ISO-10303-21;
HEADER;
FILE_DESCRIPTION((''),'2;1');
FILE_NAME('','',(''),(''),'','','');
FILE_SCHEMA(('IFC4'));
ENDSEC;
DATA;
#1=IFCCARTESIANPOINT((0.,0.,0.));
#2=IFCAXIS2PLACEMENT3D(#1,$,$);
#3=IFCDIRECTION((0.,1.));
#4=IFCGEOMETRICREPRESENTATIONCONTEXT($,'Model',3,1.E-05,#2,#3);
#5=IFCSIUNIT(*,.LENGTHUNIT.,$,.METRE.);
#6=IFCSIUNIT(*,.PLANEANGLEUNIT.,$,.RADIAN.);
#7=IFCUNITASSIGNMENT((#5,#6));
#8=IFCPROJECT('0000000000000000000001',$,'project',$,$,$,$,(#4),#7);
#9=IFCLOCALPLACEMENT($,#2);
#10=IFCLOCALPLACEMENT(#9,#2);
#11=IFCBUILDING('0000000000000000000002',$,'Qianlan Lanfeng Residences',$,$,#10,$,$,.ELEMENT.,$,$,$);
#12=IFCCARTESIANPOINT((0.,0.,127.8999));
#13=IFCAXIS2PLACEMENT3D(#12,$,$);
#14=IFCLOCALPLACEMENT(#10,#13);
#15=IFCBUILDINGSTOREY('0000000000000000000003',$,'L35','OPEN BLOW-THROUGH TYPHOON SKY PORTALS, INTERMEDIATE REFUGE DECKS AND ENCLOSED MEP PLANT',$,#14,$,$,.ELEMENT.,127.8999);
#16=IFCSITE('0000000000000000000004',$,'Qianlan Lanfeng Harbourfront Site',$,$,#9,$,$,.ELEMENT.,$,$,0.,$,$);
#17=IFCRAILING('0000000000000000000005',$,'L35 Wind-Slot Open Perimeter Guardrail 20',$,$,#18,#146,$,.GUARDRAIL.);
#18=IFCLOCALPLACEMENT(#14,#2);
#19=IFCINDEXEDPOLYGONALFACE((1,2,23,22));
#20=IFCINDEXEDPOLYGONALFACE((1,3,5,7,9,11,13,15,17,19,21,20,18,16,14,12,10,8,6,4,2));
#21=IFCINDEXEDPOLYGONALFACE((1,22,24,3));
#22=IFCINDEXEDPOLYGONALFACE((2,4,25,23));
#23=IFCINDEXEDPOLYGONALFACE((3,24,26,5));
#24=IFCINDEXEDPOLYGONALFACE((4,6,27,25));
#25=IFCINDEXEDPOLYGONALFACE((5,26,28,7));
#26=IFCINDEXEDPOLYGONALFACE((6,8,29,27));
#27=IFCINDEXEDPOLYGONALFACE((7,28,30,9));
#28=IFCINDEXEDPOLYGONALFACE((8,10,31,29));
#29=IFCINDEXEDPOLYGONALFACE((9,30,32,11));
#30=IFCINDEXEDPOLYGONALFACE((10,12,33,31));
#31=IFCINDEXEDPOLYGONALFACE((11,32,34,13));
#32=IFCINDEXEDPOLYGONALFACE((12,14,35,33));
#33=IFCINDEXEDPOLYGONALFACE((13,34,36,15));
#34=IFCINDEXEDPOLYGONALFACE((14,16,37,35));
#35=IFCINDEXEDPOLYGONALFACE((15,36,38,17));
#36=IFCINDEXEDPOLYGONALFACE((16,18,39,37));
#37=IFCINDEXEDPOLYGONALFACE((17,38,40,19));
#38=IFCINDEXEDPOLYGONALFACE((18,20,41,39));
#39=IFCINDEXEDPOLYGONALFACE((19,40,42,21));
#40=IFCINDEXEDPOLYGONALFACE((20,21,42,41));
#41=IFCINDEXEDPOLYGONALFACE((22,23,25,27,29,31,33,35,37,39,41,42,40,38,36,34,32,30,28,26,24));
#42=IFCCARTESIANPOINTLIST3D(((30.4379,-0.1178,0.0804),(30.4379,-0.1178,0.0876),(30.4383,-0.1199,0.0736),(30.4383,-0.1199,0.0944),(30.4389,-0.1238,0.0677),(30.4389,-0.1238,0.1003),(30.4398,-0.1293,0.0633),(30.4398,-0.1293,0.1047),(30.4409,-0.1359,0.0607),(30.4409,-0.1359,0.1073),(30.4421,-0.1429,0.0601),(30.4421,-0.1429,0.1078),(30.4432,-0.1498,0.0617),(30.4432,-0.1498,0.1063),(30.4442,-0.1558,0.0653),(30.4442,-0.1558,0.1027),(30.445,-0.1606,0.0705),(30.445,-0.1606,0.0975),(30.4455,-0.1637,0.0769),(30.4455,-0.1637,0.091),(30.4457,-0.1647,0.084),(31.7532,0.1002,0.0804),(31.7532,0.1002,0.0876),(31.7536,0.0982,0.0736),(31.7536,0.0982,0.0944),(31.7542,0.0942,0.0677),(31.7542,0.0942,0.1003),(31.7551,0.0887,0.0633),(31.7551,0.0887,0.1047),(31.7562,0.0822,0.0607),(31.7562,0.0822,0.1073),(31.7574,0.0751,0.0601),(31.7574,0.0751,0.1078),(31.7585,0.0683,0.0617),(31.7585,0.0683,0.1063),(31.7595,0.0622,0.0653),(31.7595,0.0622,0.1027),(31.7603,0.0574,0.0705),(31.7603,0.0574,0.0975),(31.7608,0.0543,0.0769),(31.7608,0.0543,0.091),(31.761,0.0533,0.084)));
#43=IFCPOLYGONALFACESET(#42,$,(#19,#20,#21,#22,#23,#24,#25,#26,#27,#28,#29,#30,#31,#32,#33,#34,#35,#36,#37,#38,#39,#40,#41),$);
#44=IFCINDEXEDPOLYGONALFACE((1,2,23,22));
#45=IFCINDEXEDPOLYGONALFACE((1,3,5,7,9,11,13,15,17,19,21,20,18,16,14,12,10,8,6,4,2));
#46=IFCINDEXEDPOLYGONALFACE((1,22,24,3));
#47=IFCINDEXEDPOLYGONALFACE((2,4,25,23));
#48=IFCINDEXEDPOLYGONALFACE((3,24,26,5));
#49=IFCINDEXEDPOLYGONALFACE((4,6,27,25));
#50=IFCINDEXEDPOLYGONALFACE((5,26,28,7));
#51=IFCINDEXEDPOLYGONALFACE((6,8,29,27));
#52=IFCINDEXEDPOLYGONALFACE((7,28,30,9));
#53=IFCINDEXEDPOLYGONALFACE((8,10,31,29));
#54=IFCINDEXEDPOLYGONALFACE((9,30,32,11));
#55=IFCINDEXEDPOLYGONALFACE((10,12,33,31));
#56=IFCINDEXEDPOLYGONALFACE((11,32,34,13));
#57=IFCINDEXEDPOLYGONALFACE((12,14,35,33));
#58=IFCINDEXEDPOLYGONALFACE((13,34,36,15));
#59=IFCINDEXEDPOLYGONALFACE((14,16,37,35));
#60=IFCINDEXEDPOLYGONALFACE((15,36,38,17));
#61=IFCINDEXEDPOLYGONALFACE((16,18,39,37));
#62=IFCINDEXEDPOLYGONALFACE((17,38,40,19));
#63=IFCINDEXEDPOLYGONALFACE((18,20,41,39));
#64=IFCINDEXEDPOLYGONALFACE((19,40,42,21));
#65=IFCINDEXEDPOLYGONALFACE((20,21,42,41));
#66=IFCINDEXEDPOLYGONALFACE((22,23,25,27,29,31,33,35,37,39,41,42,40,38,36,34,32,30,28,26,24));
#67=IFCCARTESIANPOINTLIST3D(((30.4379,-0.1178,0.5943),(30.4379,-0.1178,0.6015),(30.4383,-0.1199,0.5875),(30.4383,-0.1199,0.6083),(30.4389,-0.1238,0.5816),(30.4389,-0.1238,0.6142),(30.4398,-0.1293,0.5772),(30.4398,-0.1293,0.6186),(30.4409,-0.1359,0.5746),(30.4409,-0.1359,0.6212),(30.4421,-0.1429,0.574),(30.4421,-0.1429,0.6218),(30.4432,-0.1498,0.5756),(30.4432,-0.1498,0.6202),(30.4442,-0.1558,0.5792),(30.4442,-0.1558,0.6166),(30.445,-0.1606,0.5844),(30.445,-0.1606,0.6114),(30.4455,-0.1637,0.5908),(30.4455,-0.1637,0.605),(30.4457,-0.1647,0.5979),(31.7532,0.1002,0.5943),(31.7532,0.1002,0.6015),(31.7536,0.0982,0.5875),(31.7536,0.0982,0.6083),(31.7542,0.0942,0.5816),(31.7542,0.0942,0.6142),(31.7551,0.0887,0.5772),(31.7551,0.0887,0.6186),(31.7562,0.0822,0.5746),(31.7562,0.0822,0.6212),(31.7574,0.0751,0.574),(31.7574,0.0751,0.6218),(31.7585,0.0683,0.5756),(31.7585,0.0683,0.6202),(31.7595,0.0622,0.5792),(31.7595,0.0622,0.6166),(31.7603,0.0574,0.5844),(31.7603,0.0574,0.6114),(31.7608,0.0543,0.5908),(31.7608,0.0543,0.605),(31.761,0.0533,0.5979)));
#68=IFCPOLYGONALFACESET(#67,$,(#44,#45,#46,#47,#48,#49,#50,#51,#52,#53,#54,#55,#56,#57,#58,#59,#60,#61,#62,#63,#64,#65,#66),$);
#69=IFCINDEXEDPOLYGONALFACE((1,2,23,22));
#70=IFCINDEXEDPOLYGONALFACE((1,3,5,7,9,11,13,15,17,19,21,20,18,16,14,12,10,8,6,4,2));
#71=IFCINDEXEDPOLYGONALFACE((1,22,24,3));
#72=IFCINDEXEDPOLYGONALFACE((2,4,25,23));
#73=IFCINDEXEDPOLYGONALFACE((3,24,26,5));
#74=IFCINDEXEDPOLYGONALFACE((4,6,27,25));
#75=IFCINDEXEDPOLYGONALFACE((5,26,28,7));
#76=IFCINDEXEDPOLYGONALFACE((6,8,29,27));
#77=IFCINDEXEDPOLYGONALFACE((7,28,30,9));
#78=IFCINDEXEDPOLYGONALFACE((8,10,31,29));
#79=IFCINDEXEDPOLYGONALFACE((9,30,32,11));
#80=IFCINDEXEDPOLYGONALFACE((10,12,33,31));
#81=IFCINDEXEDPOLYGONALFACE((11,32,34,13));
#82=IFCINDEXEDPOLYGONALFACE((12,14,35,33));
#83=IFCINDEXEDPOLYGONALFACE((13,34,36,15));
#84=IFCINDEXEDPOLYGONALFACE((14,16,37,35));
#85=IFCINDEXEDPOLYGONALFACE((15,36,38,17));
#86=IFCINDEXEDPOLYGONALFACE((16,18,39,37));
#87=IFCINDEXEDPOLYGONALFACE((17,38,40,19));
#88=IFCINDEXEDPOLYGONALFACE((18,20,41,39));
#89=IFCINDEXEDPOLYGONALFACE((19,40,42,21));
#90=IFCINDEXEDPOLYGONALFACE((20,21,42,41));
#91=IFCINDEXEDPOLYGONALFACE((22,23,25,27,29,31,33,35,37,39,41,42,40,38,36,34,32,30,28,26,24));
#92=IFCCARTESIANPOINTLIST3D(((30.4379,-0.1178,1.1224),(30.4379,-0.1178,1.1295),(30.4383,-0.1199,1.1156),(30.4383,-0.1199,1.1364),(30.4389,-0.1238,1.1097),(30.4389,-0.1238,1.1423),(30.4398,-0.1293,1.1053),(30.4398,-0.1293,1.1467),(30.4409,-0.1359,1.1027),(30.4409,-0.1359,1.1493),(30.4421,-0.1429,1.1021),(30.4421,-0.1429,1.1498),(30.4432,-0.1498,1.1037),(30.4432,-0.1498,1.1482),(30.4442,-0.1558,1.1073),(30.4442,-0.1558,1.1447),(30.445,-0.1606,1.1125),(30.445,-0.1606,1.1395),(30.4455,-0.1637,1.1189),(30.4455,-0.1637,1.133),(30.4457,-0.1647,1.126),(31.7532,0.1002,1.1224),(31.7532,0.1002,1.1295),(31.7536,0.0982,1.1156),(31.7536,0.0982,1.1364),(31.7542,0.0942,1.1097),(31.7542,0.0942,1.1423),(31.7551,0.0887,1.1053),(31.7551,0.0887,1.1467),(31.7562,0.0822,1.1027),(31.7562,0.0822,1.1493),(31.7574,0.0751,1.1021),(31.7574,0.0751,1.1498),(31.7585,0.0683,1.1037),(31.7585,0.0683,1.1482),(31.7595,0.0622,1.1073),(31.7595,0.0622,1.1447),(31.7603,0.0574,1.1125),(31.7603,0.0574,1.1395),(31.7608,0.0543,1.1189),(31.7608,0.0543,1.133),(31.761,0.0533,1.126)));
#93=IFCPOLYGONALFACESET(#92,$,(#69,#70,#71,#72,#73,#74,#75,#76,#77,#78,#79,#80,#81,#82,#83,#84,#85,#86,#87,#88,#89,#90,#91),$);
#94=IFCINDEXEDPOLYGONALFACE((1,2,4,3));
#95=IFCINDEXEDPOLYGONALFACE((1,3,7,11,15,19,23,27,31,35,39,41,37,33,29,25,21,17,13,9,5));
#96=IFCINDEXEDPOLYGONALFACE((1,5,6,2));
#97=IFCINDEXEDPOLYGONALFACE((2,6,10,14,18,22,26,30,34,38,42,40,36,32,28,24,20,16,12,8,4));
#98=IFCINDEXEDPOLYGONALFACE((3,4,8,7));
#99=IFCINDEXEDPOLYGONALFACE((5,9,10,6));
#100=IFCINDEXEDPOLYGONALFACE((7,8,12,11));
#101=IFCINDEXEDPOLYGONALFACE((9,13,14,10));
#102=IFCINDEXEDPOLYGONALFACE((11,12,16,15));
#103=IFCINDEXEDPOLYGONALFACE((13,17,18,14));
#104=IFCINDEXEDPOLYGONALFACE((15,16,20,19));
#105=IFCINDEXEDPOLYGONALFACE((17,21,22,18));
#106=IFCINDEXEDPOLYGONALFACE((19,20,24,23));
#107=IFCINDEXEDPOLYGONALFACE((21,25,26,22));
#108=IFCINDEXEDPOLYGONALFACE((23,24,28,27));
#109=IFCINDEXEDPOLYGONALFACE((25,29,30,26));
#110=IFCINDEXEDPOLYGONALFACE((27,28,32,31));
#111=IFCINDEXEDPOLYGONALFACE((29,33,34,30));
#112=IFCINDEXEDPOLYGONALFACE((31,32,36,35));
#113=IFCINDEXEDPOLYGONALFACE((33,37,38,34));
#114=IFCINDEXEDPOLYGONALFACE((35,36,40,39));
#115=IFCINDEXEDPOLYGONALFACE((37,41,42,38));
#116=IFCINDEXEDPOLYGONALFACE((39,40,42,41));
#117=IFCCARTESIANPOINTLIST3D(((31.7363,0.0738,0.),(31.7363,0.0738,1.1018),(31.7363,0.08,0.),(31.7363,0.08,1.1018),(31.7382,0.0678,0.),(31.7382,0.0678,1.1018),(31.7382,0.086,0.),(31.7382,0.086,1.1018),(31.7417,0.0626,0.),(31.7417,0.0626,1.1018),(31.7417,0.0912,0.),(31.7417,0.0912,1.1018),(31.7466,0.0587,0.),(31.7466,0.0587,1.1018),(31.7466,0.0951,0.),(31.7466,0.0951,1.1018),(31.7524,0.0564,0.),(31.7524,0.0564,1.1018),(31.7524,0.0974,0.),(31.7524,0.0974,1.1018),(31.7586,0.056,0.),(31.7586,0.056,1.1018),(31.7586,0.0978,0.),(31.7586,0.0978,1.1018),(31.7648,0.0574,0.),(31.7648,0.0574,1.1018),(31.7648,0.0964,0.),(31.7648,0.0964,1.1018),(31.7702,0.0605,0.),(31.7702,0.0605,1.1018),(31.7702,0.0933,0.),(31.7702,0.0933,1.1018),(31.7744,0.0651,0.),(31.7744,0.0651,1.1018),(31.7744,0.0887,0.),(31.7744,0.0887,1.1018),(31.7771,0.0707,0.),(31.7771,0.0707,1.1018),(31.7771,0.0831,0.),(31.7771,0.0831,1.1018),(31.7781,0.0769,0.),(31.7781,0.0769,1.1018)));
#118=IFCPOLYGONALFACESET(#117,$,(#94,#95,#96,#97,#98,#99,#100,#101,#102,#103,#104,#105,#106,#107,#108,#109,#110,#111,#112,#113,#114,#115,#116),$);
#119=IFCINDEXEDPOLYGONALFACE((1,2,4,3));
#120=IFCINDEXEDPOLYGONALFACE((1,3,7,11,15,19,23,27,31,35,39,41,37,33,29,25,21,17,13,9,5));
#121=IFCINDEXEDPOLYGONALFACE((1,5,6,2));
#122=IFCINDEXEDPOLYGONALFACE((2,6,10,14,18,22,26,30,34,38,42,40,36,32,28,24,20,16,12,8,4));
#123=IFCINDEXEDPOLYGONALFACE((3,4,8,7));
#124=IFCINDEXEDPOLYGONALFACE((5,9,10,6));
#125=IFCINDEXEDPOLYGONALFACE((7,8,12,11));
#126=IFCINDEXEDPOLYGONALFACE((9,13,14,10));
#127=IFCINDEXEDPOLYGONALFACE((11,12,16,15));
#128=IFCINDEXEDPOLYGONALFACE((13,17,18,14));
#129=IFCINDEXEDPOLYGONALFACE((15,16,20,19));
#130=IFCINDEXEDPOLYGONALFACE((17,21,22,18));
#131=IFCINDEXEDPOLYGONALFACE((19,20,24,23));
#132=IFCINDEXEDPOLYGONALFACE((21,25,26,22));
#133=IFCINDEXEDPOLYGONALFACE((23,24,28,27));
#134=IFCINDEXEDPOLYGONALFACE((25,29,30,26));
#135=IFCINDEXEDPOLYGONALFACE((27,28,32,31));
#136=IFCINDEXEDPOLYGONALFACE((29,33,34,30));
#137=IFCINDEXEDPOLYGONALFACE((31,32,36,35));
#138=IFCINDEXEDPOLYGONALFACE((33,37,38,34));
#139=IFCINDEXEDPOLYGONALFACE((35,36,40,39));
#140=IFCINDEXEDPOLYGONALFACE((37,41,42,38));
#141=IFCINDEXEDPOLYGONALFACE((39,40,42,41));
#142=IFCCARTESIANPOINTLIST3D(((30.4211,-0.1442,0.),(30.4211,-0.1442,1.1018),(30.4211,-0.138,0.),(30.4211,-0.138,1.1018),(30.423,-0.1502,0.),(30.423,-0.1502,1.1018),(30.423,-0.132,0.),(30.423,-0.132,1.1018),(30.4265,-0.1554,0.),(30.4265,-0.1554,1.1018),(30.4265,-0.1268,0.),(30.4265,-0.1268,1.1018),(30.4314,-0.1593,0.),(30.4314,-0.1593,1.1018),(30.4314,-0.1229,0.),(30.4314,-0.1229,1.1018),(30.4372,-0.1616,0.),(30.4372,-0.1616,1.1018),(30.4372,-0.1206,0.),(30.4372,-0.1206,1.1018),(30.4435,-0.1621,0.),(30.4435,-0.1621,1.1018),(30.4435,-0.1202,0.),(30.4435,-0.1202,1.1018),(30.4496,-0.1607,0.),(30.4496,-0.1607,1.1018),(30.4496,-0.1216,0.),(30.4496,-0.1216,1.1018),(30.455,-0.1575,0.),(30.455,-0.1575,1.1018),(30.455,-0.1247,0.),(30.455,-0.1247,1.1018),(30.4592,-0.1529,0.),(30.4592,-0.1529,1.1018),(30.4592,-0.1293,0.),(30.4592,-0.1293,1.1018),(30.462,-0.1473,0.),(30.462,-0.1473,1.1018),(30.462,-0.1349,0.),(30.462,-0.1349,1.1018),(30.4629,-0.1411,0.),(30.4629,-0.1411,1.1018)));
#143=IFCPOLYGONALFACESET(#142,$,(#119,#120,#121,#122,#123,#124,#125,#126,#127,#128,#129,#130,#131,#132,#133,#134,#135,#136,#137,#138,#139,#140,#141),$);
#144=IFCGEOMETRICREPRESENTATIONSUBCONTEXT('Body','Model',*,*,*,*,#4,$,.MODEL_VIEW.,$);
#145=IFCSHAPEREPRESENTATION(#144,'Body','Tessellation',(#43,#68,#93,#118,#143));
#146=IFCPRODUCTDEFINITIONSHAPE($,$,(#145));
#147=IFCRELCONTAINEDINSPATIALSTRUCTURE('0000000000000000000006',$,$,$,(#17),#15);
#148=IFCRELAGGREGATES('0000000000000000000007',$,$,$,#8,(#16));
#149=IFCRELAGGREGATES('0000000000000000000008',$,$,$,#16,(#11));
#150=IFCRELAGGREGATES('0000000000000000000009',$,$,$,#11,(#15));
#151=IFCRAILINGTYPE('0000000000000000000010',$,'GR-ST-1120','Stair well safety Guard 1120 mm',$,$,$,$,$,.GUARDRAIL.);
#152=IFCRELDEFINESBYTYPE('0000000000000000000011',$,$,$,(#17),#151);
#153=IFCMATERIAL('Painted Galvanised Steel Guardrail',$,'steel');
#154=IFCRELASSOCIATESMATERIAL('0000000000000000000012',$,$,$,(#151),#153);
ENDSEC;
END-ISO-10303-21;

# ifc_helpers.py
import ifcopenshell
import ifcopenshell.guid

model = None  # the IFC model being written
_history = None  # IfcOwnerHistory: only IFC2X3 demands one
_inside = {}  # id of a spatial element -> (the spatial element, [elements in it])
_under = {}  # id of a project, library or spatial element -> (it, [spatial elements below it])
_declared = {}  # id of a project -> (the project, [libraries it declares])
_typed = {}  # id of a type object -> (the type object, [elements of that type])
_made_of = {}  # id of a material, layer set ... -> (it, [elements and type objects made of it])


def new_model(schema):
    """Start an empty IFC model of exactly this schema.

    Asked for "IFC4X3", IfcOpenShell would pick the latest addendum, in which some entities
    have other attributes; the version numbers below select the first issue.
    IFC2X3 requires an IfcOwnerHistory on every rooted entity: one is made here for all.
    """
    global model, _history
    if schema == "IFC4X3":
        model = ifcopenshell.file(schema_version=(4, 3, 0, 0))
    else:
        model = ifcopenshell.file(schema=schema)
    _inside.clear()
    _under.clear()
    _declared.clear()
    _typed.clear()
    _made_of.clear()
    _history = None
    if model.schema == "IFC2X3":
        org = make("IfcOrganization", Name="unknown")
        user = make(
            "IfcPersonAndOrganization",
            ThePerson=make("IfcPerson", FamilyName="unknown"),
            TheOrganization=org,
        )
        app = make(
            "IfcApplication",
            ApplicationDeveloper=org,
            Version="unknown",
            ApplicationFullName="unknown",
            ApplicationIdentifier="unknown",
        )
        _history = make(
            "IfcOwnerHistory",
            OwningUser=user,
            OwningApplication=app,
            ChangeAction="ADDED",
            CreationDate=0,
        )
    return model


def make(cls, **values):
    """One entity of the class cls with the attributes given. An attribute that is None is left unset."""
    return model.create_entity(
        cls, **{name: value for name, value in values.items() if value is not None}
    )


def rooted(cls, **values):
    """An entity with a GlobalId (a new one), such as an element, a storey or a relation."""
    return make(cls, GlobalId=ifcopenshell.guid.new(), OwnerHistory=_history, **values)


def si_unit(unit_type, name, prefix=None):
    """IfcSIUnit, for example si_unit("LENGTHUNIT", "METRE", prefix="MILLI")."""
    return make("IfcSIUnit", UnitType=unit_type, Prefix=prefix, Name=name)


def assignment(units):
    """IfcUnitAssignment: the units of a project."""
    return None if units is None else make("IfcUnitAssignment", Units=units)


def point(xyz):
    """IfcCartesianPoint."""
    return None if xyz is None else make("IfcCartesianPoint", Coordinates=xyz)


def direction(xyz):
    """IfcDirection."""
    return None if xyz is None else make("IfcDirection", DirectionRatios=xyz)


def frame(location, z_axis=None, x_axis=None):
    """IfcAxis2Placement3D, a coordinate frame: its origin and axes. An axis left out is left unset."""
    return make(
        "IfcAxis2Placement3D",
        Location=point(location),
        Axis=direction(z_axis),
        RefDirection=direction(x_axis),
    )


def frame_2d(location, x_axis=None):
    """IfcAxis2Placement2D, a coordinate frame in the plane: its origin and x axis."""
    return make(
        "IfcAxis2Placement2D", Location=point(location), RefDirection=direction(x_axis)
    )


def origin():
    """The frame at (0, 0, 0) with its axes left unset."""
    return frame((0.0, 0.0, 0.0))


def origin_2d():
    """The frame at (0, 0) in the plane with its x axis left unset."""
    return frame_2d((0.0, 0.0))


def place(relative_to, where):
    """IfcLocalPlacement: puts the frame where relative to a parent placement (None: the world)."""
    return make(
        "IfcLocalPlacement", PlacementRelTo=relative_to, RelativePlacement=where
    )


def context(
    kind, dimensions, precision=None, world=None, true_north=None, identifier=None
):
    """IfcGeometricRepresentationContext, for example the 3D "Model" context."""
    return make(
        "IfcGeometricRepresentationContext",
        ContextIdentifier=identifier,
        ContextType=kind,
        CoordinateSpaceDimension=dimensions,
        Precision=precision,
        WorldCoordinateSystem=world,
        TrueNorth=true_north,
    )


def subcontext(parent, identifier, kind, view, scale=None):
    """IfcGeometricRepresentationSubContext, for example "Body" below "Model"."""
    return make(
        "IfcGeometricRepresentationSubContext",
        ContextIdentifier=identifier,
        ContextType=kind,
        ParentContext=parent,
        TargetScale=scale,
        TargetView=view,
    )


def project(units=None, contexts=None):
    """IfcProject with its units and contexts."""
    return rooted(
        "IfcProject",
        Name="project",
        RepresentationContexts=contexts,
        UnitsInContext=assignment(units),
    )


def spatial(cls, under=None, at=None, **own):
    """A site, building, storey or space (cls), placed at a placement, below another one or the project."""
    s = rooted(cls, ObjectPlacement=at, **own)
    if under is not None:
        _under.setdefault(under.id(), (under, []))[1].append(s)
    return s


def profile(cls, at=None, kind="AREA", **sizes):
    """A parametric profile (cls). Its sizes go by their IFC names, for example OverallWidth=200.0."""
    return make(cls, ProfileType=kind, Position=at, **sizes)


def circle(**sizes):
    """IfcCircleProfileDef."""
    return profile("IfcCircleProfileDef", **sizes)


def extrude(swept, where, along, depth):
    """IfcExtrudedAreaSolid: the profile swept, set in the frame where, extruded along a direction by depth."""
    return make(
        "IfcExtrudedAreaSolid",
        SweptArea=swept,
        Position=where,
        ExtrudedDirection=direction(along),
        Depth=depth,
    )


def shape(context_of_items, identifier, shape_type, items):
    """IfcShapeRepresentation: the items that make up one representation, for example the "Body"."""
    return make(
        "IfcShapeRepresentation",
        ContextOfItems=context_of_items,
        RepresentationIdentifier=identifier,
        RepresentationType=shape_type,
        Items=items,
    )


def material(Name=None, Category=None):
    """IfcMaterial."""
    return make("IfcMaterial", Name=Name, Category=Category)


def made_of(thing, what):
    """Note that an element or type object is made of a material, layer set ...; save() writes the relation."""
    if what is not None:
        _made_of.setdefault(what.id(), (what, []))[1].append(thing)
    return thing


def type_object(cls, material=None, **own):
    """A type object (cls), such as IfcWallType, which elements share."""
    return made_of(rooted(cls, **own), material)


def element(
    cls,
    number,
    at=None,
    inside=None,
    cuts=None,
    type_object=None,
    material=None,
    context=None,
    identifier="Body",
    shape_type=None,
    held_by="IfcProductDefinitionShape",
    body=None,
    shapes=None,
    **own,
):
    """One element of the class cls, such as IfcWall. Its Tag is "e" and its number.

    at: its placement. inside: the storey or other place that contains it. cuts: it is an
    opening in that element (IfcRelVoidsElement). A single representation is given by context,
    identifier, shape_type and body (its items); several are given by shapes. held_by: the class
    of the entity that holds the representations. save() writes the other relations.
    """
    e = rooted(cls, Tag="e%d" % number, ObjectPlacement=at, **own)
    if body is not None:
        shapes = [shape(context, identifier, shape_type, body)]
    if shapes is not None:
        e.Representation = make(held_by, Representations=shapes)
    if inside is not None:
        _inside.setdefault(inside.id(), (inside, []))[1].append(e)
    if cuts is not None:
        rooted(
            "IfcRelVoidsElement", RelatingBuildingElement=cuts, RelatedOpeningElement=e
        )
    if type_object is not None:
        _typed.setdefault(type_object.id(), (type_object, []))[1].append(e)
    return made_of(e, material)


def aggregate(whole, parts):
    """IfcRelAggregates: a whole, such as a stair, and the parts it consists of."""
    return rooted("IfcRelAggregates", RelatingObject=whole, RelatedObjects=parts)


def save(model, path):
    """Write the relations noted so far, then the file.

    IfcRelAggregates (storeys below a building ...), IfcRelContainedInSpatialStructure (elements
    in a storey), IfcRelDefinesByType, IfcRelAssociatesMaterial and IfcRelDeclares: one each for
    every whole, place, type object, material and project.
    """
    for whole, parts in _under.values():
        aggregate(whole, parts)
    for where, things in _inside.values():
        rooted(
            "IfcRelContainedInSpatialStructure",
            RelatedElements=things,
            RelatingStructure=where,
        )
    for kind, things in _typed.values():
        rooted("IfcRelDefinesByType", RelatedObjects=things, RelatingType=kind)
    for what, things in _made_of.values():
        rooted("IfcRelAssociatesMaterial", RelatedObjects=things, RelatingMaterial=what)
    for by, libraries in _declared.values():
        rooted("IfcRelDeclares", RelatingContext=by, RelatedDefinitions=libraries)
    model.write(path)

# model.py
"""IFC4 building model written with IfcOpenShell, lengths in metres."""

from ifc_helpers import new_model, si_unit, direction, frame, origin, origin_2d, place, context, subcontext, project, spatial, circle, extrude, material, type_object, element, save


model = new_model("IFC4")

# Units and contexts
model_context = context("Model", 3, precision=1e-05, world=origin(), true_north=direction((0.0, 1.0)))
body_context = subcontext(model_context, "Body", "Model", "MODEL_VIEW")
ifc_project = project(units=[si_unit("LENGTHUNIT", "METRE"), si_unit("PLANEANGLEUNIT", "RADIAN")], contexts=[model_context])

# Site, building, storey
site_placement = place(None, origin())
site = spatial("IfcSite", under=ifc_project, at=site_placement, Name="Qianlan Lanfeng Harbourfront Site", CompositionType="ELEMENT", RefElevation=0.0)
building_placement = place(site_placement, origin())
building = spatial("IfcBuilding", under=site, at=building_placement, Name="Qianlan Lanfeng Residences", CompositionType="ELEMENT")
storey_placement = place(building_placement, frame((0.0, 0.0, 127.8999)))
storey = spatial("IfcBuildingStorey", under=building, at=storey_placement, Name="L35", Description="OPEN BLOW-THROUGH TYPHOON SKY PORTALS, INTERMEDIATE REFUGE DECKS AND ENCLOSED MEP PLANT", CompositionType="ELEMENT", Elevation=127.8999)

# Railing
ifc_material_1 = material(Name="Painted Galvanised Steel Guardrail", Category="steel")
railing_type = type_object("IfcRailingType", Name="GR-ST-1120", Description="Stair well safety Guard 1120 mm", PredefinedType="GUARDRAIL", material=ifc_material_1)
railing_1_placement = place(storey_placement, frame((31.7571, 0.0769, 0.0)))
element("IfcRailing", 1, at=railing_1_placement, inside=storey, type_object=railing_type, Name="L35 Wind-Slot Open Perimeter Guardrail 20", PredefinedType="GUARDRAIL", context=body_context, shape_type="SweptSolid", body=[
    extrude(circle(Radius=0.0239, at=origin_2d()), frame((0.0, 0.0, 0.084), z_axis=(-0.986537, -0.163538, 0.0), x_axis=(0.163538, -0.986537, 0.0)), (0.0, 0.0, 1.0), 1.3333),
    extrude(circle(Radius=0.0239, at=origin_2d()), frame((0.0, 0.0, 0.5979), z_axis=(-0.986537, -0.163538, 0.0), x_axis=(0.163538, -0.986537, 0.0)), (0.0, 0.0, 1.0), 1.3333),
    extrude(circle(Radius=0.0239, at=origin_2d()), frame((0.0, 0.0, 1.126), z_axis=(-0.986537, -0.163538, 0.0), x_axis=(0.163538, -0.986537, 0.0)), (0.0, 0.0, 1.0), 1.3333),
    extrude(circle(Radius=0.021, at=origin_2d()), origin(), (0.0, 0.0, 1.0), 1.1018),
    extrude(circle(Radius=0.021, at=origin_2d()), frame((-1.3152, -0.218, 0.0)), (0.0, 0.0, 1.0), 1.1018),
])

save(model, "model.ifc")
